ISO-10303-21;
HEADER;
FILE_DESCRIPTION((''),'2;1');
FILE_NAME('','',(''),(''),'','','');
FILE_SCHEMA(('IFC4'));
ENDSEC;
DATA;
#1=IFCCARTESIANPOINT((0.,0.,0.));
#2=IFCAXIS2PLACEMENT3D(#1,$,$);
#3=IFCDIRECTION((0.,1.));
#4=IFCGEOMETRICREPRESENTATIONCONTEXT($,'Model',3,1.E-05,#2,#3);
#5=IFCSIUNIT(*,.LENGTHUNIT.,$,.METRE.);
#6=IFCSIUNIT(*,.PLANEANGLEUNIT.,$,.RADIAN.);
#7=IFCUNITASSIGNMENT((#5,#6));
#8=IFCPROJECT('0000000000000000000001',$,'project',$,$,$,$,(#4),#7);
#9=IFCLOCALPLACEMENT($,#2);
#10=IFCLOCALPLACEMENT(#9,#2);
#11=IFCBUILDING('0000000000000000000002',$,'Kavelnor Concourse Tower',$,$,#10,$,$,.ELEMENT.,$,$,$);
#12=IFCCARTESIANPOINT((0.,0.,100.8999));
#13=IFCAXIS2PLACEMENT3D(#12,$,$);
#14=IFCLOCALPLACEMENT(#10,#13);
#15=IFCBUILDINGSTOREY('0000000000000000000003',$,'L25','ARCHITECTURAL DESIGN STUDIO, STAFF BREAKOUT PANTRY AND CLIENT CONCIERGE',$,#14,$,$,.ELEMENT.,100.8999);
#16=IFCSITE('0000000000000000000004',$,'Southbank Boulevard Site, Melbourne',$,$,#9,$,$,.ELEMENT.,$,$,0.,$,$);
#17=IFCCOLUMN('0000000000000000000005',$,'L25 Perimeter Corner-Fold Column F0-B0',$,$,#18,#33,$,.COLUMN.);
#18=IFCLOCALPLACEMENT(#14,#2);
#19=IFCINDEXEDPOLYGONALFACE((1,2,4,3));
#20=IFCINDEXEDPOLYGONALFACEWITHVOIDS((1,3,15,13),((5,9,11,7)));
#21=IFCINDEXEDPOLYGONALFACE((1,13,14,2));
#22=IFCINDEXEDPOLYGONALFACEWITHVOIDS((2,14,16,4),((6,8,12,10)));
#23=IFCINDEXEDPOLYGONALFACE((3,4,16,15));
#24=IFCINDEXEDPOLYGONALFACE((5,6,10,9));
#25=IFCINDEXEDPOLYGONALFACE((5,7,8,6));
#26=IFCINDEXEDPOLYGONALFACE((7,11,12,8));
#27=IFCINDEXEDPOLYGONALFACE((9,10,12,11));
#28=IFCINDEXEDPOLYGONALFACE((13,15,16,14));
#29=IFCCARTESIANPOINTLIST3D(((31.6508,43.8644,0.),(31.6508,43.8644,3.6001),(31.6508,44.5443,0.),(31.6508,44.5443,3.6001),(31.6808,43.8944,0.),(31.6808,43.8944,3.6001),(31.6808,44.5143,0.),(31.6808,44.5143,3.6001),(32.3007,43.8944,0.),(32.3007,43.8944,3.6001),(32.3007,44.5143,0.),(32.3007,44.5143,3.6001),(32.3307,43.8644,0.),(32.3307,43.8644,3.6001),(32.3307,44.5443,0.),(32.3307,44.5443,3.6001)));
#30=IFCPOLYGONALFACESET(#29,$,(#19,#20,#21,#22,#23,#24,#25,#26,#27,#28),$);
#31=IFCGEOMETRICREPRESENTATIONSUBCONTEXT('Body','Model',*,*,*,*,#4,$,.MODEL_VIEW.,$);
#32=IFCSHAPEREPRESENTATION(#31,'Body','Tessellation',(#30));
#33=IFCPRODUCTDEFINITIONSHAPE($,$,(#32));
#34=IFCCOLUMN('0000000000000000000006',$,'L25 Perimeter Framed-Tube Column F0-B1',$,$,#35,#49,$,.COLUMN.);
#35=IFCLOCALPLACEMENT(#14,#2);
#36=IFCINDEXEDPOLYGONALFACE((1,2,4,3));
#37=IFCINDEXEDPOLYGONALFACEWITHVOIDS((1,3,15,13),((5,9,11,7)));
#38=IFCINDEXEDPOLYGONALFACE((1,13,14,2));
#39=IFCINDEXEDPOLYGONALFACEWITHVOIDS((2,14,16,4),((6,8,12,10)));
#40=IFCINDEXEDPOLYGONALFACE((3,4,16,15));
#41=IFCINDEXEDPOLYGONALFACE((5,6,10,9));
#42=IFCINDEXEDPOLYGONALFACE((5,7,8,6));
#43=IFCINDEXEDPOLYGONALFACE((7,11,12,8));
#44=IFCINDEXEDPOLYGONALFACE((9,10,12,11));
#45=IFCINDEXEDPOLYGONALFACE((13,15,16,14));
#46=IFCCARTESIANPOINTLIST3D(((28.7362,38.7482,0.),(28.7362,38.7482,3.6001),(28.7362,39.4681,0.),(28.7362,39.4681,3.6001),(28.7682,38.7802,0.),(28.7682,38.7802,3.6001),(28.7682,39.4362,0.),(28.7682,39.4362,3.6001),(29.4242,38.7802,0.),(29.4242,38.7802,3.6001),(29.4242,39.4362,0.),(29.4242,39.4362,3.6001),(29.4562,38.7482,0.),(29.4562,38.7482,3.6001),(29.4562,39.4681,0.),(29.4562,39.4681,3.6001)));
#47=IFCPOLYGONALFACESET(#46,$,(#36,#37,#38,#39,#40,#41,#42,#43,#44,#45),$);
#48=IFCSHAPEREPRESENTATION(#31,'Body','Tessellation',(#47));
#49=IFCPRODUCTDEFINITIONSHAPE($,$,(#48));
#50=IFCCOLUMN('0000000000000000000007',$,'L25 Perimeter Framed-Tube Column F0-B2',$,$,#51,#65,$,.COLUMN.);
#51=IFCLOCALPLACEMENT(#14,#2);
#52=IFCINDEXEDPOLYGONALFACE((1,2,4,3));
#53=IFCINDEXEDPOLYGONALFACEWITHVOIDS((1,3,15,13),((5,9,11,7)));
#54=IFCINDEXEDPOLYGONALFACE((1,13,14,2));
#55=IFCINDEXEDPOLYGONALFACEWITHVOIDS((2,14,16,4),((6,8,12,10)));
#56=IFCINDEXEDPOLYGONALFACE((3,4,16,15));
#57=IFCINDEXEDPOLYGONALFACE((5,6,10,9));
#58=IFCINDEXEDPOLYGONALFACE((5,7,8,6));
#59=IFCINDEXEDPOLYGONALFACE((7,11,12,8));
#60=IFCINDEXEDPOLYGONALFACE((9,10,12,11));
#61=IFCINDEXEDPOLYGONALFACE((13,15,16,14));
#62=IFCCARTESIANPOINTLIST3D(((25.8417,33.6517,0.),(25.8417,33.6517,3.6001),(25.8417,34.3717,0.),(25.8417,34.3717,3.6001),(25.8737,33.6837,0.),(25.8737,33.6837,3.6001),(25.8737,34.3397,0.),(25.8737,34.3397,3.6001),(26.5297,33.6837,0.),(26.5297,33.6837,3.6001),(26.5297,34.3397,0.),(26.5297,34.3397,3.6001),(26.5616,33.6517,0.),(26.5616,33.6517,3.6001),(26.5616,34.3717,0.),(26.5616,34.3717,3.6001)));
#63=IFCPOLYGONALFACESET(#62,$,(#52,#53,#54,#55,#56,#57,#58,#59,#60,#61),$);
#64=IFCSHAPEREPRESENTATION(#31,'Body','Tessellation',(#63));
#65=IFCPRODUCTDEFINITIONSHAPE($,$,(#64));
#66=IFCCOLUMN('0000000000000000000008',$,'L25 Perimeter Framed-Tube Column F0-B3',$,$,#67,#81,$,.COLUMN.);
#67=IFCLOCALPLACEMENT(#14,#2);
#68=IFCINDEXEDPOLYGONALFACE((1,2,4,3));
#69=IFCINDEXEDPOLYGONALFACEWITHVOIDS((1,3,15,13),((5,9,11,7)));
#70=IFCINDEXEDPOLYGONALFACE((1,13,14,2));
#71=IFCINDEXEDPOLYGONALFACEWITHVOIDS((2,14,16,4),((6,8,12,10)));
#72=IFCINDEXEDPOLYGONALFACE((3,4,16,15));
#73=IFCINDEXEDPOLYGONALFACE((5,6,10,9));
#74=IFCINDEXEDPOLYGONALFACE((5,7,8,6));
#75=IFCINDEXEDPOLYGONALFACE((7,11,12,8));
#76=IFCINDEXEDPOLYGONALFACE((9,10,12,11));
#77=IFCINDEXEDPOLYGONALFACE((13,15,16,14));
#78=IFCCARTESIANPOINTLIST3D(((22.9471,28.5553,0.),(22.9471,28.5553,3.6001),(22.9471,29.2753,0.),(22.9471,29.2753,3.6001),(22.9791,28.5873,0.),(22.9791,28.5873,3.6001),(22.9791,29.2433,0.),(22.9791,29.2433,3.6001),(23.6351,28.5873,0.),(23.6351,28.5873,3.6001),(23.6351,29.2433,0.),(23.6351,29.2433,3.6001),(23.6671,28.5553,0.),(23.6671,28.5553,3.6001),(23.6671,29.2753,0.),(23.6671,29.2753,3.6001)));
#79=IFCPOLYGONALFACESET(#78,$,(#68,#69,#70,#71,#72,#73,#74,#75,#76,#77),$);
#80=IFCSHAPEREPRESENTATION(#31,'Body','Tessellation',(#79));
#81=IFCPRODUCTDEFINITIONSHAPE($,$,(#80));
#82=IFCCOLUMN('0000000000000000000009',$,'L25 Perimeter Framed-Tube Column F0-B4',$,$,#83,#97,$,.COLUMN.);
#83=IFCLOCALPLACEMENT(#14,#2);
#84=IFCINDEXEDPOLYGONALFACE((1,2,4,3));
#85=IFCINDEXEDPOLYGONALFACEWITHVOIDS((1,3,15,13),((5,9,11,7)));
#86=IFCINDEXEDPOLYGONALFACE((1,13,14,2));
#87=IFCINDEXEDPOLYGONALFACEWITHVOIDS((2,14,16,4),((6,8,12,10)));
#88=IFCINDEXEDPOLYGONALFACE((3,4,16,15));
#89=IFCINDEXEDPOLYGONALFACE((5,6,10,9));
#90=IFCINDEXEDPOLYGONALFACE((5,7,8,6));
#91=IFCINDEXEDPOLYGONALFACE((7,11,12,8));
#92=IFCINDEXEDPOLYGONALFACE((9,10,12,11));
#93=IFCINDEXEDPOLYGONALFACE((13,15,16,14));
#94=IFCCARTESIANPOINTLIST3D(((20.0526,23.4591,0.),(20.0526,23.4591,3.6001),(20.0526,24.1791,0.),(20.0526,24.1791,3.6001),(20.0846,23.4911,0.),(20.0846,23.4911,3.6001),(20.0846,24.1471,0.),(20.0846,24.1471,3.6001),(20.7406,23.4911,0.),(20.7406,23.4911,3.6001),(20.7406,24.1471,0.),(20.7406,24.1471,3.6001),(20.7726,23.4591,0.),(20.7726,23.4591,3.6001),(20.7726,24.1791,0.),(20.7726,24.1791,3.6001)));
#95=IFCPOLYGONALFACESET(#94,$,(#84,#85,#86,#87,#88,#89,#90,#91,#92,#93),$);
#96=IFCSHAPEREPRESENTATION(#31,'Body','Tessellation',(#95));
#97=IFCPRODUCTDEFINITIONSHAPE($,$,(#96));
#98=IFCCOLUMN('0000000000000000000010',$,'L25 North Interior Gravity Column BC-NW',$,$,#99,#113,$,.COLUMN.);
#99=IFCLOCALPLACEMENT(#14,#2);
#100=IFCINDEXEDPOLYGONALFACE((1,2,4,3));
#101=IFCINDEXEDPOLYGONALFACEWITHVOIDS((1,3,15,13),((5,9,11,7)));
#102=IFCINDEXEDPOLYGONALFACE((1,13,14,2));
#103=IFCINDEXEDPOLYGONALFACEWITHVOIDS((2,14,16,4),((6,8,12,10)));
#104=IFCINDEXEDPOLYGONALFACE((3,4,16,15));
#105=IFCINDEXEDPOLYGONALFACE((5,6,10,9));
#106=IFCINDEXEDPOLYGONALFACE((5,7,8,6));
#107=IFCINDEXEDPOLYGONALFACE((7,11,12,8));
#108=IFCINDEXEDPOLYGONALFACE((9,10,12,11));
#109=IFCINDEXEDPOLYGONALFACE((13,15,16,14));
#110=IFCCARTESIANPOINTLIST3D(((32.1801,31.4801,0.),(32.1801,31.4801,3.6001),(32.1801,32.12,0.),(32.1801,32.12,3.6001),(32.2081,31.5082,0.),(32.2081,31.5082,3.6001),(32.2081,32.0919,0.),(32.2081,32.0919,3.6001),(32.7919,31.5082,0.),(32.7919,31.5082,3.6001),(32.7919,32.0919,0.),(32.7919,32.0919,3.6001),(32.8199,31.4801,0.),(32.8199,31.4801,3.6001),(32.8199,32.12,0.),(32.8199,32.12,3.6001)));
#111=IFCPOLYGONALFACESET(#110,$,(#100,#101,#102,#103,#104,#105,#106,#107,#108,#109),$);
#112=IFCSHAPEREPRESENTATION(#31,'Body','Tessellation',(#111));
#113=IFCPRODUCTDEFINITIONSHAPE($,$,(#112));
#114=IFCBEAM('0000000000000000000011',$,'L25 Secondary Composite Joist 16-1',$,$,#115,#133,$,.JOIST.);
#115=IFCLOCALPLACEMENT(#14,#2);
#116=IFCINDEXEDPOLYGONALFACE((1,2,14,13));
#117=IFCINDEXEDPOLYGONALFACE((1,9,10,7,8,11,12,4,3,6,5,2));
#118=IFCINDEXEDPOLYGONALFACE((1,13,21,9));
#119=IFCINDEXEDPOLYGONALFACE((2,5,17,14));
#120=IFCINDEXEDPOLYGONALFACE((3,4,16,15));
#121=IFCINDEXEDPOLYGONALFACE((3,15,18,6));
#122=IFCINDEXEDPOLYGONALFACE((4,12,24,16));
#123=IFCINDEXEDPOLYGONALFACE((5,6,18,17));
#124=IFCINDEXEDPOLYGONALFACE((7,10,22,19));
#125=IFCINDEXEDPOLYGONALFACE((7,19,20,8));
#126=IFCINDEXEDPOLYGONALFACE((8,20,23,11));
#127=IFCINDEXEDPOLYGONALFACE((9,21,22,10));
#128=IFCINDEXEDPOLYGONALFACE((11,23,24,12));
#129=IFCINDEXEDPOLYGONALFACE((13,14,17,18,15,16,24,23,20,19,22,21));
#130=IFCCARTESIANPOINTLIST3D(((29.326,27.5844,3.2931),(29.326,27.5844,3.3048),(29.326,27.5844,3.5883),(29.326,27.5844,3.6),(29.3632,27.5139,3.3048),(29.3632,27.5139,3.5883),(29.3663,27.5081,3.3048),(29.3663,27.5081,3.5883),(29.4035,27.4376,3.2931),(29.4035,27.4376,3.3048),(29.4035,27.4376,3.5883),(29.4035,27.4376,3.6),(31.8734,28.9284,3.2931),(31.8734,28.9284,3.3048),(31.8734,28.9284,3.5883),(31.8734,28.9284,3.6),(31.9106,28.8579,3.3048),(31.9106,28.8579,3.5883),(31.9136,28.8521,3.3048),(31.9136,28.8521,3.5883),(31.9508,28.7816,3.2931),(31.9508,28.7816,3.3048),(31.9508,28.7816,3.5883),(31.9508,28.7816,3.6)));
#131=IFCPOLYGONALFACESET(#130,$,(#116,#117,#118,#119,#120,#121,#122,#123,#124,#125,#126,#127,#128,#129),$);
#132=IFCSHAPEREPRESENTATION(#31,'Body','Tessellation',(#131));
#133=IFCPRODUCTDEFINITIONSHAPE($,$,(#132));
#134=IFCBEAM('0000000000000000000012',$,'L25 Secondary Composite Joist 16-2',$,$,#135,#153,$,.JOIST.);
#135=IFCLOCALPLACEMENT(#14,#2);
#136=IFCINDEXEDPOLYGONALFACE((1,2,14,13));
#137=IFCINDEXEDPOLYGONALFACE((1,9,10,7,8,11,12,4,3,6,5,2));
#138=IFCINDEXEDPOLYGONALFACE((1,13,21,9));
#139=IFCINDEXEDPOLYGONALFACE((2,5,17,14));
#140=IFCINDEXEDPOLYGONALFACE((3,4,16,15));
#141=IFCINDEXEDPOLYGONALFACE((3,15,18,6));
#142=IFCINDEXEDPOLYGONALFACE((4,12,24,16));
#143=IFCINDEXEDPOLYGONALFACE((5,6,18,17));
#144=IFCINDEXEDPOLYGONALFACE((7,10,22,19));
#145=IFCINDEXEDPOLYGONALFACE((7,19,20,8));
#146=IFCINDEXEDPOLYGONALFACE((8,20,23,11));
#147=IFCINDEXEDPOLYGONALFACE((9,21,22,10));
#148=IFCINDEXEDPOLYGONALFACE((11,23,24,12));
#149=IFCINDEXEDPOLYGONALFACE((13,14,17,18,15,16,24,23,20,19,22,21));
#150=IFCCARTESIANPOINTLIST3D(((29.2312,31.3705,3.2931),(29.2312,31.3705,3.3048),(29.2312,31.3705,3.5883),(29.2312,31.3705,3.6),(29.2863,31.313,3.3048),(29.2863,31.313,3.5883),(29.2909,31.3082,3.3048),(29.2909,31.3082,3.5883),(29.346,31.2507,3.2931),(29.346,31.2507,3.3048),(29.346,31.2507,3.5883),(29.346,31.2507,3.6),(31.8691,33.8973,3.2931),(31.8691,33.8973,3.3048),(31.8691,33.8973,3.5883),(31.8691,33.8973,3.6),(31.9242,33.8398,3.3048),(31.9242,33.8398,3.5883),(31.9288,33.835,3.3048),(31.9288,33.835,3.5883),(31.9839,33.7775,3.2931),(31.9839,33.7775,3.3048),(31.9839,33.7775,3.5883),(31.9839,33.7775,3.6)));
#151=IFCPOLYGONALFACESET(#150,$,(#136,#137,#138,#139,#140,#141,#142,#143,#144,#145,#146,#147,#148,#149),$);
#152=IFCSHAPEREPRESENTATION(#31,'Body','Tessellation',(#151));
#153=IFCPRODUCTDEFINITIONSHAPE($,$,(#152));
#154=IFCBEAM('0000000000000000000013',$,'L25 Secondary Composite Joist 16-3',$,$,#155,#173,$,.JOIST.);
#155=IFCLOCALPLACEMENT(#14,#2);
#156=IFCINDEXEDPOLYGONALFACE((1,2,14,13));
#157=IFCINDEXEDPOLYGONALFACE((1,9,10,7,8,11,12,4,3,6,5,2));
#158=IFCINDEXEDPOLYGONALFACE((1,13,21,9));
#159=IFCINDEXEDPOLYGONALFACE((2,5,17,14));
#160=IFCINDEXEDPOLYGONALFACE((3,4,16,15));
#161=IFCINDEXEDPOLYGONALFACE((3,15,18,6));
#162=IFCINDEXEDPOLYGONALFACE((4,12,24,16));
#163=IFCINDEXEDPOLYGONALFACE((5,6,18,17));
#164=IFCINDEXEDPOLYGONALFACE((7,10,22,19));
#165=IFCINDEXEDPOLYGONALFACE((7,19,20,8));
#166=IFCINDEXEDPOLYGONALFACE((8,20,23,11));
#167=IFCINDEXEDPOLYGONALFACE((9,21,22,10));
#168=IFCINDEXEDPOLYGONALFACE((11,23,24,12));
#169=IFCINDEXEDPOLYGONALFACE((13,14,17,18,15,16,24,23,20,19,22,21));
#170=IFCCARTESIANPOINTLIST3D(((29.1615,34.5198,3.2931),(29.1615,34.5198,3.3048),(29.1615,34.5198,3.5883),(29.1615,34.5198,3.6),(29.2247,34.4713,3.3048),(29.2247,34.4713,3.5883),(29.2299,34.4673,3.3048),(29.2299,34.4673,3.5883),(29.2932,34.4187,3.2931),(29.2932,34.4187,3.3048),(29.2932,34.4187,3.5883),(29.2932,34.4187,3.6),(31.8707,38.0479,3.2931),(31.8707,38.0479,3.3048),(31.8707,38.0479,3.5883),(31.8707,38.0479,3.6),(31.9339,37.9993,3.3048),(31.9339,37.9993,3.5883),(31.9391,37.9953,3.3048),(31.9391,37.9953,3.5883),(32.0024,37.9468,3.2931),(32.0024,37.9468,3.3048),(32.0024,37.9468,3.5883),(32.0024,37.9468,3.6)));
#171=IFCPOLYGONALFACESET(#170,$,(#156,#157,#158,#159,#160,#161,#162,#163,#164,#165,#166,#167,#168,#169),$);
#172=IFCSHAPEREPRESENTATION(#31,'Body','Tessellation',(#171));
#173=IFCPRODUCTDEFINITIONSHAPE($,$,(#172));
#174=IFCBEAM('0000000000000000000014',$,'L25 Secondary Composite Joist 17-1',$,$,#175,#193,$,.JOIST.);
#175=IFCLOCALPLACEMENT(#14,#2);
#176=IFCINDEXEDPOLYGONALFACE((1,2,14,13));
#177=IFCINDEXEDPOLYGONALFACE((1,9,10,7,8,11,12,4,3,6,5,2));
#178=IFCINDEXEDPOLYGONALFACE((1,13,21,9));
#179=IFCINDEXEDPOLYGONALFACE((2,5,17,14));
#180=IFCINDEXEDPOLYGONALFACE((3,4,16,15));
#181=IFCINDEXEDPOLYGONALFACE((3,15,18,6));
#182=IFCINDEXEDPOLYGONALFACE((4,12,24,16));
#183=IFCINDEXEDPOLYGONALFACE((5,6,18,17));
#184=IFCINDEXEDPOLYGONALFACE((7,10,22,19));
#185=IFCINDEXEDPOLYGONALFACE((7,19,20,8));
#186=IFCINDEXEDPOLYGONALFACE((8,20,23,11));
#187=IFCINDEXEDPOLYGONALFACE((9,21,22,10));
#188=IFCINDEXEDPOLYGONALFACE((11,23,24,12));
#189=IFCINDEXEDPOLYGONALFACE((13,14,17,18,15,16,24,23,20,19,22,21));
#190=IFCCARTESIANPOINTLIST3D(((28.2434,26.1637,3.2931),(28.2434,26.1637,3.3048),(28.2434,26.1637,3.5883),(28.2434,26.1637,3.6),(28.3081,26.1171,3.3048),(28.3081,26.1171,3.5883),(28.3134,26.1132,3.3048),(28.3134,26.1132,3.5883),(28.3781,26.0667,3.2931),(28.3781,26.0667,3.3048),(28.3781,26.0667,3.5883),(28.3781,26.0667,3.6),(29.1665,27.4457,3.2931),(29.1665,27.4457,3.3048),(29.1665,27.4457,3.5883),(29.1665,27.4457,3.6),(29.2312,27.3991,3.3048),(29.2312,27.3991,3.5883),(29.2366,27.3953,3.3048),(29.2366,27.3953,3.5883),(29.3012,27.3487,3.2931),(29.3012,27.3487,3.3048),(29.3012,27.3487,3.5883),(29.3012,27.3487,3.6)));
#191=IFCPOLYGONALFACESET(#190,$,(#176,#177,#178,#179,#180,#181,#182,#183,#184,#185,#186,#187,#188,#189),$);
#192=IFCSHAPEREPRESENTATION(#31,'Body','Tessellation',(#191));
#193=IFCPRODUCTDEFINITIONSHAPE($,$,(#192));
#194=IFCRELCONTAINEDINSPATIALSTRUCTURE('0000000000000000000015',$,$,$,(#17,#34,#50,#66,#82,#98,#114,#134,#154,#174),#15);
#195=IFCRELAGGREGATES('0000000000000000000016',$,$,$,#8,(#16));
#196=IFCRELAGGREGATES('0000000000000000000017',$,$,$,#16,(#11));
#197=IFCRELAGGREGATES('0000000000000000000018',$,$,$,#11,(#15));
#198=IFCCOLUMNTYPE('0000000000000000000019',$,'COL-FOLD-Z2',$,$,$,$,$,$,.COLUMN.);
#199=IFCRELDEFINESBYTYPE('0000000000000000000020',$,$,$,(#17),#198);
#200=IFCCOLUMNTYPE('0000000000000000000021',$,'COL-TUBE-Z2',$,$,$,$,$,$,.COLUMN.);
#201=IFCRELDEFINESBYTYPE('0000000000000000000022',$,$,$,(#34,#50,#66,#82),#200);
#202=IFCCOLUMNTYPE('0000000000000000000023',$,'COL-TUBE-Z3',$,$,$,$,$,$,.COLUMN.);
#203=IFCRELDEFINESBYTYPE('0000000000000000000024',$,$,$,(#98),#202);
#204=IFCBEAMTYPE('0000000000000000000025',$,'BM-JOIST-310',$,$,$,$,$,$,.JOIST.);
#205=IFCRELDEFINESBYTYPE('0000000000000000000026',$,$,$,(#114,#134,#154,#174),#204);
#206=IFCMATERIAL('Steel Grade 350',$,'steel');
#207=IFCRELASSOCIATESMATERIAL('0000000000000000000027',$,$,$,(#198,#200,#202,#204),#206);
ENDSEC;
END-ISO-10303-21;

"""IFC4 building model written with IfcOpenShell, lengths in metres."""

from ifc_helpers import new_model, si_unit, direction, frame, origin, origin_2d, place, context, subcontext, project, spatial, hollow_rectangle, i_section, extrude, material, material_profile, profile_set, type_object, element, save


model = new_model("IFC4")

# Units and contexts
model_context = context("Model", 3, precision=1e-05, world=origin(), true_north=direction((0.0, 1.0)))
body_context = subcontext(model_context, "Body", "Model", "MODEL_VIEW")
ifc_project = project(units=[si_unit("LENGTHUNIT", "METRE"), si_unit("PLANEANGLEUNIT", "RADIAN")], contexts=[model_context])

# Site, building, storey
site_placement = place(None, origin())
site = spatial("IfcSite", under=ifc_project, at=site_placement, Name="Southbank Boulevard Site, Melbourne", CompositionType="ELEMENT", RefElevation=0.0)
building_placement = place(site_placement, origin())
building = spatial("IfcBuilding", under=site, at=building_placement, Name="Kavelnor Concourse Tower", CompositionType="ELEMENT")
storey_placement = place(building_placement, frame((0.0, 0.0, 100.8999)))
storey = spatial("IfcBuildingStorey", under=building, at=storey_placement, Name="L25", Description="ARCHITECTURAL DESIGN STUDIO, STAFF BREAKOUT PANTRY AND CLIENT CONCIERGE", CompositionType="ELEMENT", Elevation=100.8999)

# Columns
ifc_material_1 = material(Name="Steel Grade 350", Category="steel")
ifc_material_profile_1 = material_profile(ifc_material_1, hollow_rectangle(XDim=0.6799, YDim=0.6799, WallThickness=0.03, at=origin_2d()), Name="SHS 680x680x30")
ifc_profile_set_1 = profile_set([ifc_material_profile_1], Name="Steel Grade 350")
column_type_1 = type_object("IfcColumnType", Name="COL-FOLD-Z2", PredefinedType="COLUMN", material=ifc_profile_set_1)
column_1_placement = place(storey_placement, frame((31.9907, 44.2043, 0.0), z_axis=(0.0, 0.0, 1.0), x_axis=(1.0, 0.0, 0.0)))
element("IfcColumn", 1, at=column_1_placement, inside=storey, type_object=column_type_1, Name="L25 Perimeter Corner-Fold Column F0-B0", PredefinedType="COLUMN", context=body_context, shape_type="SweptSolid", body=[
    extrude(hollow_rectangle(XDim=0.6799, YDim=0.6799, WallThickness=0.03, at=origin_2d()), origin(), (0.0, 0.0, 1.0), 3.6001),
])
ifc_material_profile_2 = material_profile(ifc_material_1, hollow_rectangle(XDim=0.72, YDim=0.72, WallThickness=0.032, at=origin_2d()), Name="SHS 720x720x32")
ifc_profile_set_2 = profile_set([ifc_material_profile_2], Name="Steel Grade 350")
column_type_2 = type_object("IfcColumnType", Name="COL-TUBE-Z2", PredefinedType="COLUMN", material=ifc_profile_set_2)
for number, where, z_axis, x_axis, name in (
    (2, (29.0962, 39.1082, 0.0), (0.0, 0.0, 1.0), (1.0, 0.0, 0.0), "L25 Perimeter Framed-Tube Column F0-B1"),
    (3, (26.2017, 34.0117, 0.0), (0.0, 0.0, 1.0), (1.0, 0.0, 0.0), "L25 Perimeter Framed-Tube Column F0-B2"),
    (4, (23.3071, 28.9153, 0.0), (0.0, 0.0, 1.0), (1.0, 0.0, 0.0), "L25 Perimeter Framed-Tube Column F0-B3"),
    (5, (20.4126, 23.8191, 0.0), (0.0, 0.0, 1.0), (1.0, 0.0, 0.0), "L25 Perimeter Framed-Tube Column F0-B4"),
):
    element("IfcColumn", number, at=place(storey_placement, frame(where, z_axis=z_axis, x_axis=x_axis)), inside=storey, type_object=column_type_2, Name=name, PredefinedType="COLUMN", context=body_context, shape_type="SweptSolid", body=[
        extrude(hollow_rectangle(XDim=0.72, YDim=0.72, WallThickness=0.032, at=origin_2d()), origin(), (0.0, 0.0, 1.0), 3.6001),
    ])
ifc_material_profile_3 = material_profile(ifc_material_1, hollow_rectangle(XDim=0.6399, YDim=0.6399, WallThickness=0.0281, at=origin_2d()), Name="SHS 640x640x28")
ifc_profile_set_3 = profile_set([ifc_material_profile_3], Name="Steel Grade 350")
column_type_3 = type_object("IfcColumnType", Name="COL-TUBE-Z3", PredefinedType="COLUMN", material=ifc_profile_set_3)
column_2_placement = place(storey_placement, frame((32.5, 31.8, 0.0), z_axis=(0.0, 0.0, 1.0), x_axis=(1.0, 0.0, 0.0)))
element("IfcColumn", 6, at=column_2_placement, inside=storey, type_object=column_type_3, Name="L25 North Interior Gravity Column BC-NW", PredefinedType="COLUMN", context=body_context, shape_type="SweptSolid", body=[
    extrude(hollow_rectangle(XDim=0.6399, YDim=0.6399, WallThickness=0.0281, at=origin_2d()), origin(), (0.0, 0.0, 1.0), 3.6001),
])

# Beams
ifc_material_profile_4 = material_profile(ifc_material_1, i_section(OverallWidth=0.166, OverallDepth=0.3069, WebThickness=0.0066, FlangeThickness=0.0117, at=origin_2d()), Name="310UB46")
ifc_profile_set_4 = profile_set([ifc_material_profile_4], Name="Steel Grade 350")
beam_type_1 = type_object("IfcBeamType", Name="BM-JOIST-310", PredefinedType="JOIST", material=ifc_profile_set_4)
beam_1_placement = place(storey_placement, frame((31.9121, 28.855, 3.4465), z_axis=(-0.884449, -0.466637, 0.0), x_axis=(0.466637, -0.884449, 0.0)))
element("IfcBeam", 7, at=beam_1_placement, inside=storey, type_object=beam_type_1, Name="L25 Secondary Composite Joist 16-1", PredefinedType="JOIST", context=body_context, shape_type="SweptSolid", body=[
    extrude(i_section(OverallWidth=0.166, OverallDepth=0.3069, WebThickness=0.0066, FlangeThickness=0.0117, at=origin_2d()), origin(), (0.0, 0.0, 1.0), 2.8801),
])
beam_2_placement = place(storey_placement, frame((31.9265, 33.8374, 3.4465), z_axis=(-0.722148, -0.691738, 0.0), x_axis=(0.691738, -0.722148, 0.0)))
element("IfcBeam", 8, at=beam_2_placement, inside=storey, type_object=beam_type_1, Name="L25 Secondary Composite Joist 16-2", PredefinedType="JOIST", context=body_context, shape_type="SweptSolid", body=[
    extrude(i_section(OverallWidth=0.166, OverallDepth=0.3069, WebThickness=0.0066, FlangeThickness=0.0117, at=origin_2d()), origin(), (0.0, 0.0, 1.0), 3.6528),
])
beam_3_placement = place(storey_placement, frame((31.9365, 37.9973, 3.4465), z_axis=(-0.60905, -0.793132, 0.0), x_axis=(0.793132, -0.60905, 0.0)))
element("IfcBeam", 9, at=beam_3_placement, inside=storey, type_object=beam_type_1, Name="L25 Secondary Composite Joist 16-3", PredefinedType="JOIST", context=body_context, shape_type="SweptSolid", body=[
    extrude(i_section(OverallWidth=0.166, OverallDepth=0.3069, WebThickness=0.0066, FlangeThickness=0.0117, at=origin_2d()), origin(), (0.0, 0.0, 1.0), 4.4482),
])
beam_4_placement = place(storey_placement, frame((29.2339, 27.3972, 3.4465), z_axis=(-0.584333, -0.811514, 0.0), x_axis=(0.811514, -0.584333, 0.0)))
element("IfcBeam", 10, at=beam_4_placement, inside=storey, type_object=beam_type_1, Name="L25 Secondary Composite Joist 17-1", PredefinedType="JOIST", context=body_context, shape_type="SweptSolid", body=[
    extrude(i_section(OverallWidth=0.166, OverallDepth=0.3069, WebThickness=0.0066, FlangeThickness=0.0117, at=origin_2d()), origin(), (0.0, 0.0, 1.0), 1.5798),
])

save(model, "model.ifc")
